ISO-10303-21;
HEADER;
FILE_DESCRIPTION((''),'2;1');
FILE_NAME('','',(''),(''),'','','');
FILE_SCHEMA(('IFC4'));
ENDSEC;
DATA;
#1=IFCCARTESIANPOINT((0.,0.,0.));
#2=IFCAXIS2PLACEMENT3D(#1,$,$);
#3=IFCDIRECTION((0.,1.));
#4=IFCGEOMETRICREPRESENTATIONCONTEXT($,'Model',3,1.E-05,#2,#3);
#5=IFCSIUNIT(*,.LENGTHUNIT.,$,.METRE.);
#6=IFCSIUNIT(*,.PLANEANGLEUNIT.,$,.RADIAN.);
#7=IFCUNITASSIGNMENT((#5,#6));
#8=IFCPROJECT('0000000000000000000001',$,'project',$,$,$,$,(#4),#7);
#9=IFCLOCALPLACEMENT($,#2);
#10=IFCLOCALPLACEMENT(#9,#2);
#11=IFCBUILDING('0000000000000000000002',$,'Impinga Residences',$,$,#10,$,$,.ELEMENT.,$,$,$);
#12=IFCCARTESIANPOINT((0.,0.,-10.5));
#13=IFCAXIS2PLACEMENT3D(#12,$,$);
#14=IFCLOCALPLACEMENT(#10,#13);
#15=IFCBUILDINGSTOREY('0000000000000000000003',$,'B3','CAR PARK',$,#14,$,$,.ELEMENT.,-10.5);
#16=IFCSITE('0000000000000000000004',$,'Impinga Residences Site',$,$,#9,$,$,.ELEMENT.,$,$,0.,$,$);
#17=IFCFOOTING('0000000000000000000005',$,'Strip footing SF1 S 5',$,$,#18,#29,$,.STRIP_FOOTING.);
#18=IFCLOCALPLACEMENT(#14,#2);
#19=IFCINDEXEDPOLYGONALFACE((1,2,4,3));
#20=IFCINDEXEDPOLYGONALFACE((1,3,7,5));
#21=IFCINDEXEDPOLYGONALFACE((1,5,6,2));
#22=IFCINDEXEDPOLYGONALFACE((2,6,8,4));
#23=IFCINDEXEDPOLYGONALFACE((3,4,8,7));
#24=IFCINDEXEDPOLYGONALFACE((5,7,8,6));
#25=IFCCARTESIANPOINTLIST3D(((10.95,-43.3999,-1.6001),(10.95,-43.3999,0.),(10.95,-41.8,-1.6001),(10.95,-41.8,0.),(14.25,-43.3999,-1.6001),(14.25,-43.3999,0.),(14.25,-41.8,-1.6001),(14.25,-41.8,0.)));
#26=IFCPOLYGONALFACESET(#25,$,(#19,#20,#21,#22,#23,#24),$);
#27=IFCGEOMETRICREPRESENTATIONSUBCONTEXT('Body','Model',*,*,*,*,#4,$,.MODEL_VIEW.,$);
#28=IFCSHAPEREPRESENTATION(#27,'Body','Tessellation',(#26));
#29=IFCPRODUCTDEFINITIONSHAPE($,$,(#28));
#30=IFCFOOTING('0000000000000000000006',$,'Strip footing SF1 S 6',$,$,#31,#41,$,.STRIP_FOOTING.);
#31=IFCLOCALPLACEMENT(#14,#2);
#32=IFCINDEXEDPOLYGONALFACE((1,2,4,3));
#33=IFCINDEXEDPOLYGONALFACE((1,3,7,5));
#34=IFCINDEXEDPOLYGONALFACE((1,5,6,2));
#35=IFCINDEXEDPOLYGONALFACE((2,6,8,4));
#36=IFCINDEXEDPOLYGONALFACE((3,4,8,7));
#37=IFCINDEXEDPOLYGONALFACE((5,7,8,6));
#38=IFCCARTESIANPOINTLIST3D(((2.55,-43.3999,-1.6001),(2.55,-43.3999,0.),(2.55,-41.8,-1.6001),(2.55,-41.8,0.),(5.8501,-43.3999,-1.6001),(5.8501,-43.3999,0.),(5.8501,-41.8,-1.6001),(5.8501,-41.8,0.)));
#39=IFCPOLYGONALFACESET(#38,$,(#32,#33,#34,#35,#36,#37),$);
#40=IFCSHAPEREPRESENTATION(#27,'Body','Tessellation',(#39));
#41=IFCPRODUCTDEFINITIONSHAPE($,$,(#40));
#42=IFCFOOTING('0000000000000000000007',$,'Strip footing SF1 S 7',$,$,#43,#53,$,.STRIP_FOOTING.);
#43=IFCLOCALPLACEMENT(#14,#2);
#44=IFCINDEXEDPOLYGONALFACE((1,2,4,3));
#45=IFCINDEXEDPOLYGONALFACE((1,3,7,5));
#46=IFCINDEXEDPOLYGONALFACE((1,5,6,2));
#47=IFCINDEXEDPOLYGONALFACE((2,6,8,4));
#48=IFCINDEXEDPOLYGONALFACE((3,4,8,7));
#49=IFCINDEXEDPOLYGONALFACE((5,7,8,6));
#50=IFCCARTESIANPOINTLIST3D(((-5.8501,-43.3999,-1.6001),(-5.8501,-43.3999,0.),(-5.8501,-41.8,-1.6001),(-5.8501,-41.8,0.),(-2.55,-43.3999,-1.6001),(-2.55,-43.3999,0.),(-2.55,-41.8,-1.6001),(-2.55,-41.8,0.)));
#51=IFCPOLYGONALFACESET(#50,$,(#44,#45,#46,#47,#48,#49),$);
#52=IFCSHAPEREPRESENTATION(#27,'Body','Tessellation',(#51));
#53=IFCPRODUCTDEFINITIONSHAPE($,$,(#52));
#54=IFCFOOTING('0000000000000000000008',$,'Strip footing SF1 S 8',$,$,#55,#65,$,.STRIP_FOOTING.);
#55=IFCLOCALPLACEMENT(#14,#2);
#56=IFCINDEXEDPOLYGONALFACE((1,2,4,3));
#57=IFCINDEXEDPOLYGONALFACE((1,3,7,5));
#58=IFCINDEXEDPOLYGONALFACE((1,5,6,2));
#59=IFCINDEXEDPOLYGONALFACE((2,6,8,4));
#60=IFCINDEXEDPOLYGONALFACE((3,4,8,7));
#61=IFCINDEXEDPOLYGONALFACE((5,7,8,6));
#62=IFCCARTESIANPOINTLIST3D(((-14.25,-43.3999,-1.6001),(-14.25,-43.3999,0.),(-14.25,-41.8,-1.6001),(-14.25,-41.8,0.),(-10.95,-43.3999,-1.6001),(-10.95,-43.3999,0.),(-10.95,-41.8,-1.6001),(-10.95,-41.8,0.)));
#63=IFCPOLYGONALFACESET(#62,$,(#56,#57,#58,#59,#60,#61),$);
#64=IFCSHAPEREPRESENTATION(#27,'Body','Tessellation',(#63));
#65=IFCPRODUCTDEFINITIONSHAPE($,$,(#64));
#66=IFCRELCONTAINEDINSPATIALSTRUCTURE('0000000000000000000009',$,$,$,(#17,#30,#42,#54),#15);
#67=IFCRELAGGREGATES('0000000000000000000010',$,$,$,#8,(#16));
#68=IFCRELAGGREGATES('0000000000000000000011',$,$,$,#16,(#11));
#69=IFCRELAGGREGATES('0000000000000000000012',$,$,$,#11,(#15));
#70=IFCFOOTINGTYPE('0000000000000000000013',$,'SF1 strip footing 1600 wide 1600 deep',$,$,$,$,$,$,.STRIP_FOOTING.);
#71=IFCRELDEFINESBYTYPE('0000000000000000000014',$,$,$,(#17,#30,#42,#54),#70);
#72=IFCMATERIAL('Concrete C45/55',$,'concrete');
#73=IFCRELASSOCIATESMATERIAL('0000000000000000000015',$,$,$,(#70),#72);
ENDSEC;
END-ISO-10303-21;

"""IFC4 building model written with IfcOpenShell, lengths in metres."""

from ifc_helpers import new_model, si_unit, direction, frame, origin, place, context, subcontext, project, spatial, polyline, outline, extrude, material, type_object, element, save


model = new_model("IFC4")

# Units and contexts
model_context = context("Model", 3, precision=1e-05, world=origin(), true_north=direction((0.0, 1.0)))
body_context = subcontext(model_context, "Body", "Model", "MODEL_VIEW")
ifc_project = project(units=[si_unit("LENGTHUNIT", "METRE"), si_unit("PLANEANGLEUNIT", "RADIAN")], contexts=[model_context])

# Site, building, storey
site_placement = place(None, origin())
site = spatial("IfcSite", under=ifc_project, at=site_placement, Name="Impinga Residences Site", CompositionType="ELEMENT", RefElevation=0.0)
building_placement = place(site_placement, origin())
building = spatial("IfcBuilding", under=site, at=building_placement, Name="Impinga Residences", CompositionType="ELEMENT")
storey_placement = place(building_placement, frame((0.0, 0.0, -10.5)))
storey = spatial("IfcBuildingStorey", under=building, at=storey_placement, Name="B3", Description="CAR PARK", CompositionType="ELEMENT", Elevation=-10.5)

# Footings
ifc_material = material(Name="Concrete C45/55", Category="concrete")
footing_type_1 = type_object("IfcFootingType", Name="SF1 strip footing 1600 wide 1600 deep", PredefinedType="STRIP_FOOTING", material=ifc_material)
footing_1_placement = place(storey_placement, frame((0.0, 0.0, -1.6001)))
element("IfcFooting", 1, at=footing_1_placement, inside=storey, type_object=footing_type_1, Name="Strip footing SF1 S 5", PredefinedType="STRIP_FOOTING", context=body_context, shape_type="SweptSolid", body=[
    extrude(outline(polyline([(10.95, -43.3999), (10.95, -41.8), (14.25, -41.8), (14.25, -43.3999), (10.95, -43.3999)])), origin(), (0.0, 0.0, 1.0), 1.6001),
])
footing_2_placement = place(storey_placement, frame((0.0, 0.0, -1.6001)))
element("IfcFooting", 2, at=footing_2_placement, inside=storey, type_object=footing_type_1, Name="Strip footing SF1 S 6", PredefinedType="STRIP_FOOTING", context=body_context, shape_type="SweptSolid", body=[
    extrude(outline(polyline([(2.55, -43.3999), (2.55, -41.8), (5.8501, -41.8), (5.8501, -43.3999), (2.55, -43.3999)])), origin(), (0.0, 0.0, 1.0), 1.6001),
])
footing_3_placement = place(storey_placement, frame((0.0, 0.0, -1.6001)))
element("IfcFooting", 3, at=footing_3_placement, inside=storey, type_object=footing_type_1, Name="Strip footing SF1 S 7", PredefinedType="STRIP_FOOTING", context=body_context, shape_type="SweptSolid", body=[
    extrude(outline(polyline([(-5.8501, -43.3999), (-5.8501, -41.8), (-2.55, -41.8), (-2.55, -43.3999), (-5.8501, -43.3999)])), origin(), (0.0, 0.0, 1.0), 1.6001),
])
footing_4_placement = place(storey_placement, frame((0.0, 0.0, -1.6001)))
element("IfcFooting", 4, at=footing_4_placement, inside=storey, type_object=footing_type_1, Name="Strip footing SF1 S 8", PredefinedType="STRIP_FOOTING", context=body_context, shape_type="SweptSolid", body=[
    extrude(outline(polyline([(-14.25, -43.3999), (-14.25, -41.8), (-10.95, -41.8), (-10.95, -43.3999), (-14.25, -43.3999)])), origin(), (0.0, 0.0, 1.0), 1.6001),
])

save(model, "model.ifc")
